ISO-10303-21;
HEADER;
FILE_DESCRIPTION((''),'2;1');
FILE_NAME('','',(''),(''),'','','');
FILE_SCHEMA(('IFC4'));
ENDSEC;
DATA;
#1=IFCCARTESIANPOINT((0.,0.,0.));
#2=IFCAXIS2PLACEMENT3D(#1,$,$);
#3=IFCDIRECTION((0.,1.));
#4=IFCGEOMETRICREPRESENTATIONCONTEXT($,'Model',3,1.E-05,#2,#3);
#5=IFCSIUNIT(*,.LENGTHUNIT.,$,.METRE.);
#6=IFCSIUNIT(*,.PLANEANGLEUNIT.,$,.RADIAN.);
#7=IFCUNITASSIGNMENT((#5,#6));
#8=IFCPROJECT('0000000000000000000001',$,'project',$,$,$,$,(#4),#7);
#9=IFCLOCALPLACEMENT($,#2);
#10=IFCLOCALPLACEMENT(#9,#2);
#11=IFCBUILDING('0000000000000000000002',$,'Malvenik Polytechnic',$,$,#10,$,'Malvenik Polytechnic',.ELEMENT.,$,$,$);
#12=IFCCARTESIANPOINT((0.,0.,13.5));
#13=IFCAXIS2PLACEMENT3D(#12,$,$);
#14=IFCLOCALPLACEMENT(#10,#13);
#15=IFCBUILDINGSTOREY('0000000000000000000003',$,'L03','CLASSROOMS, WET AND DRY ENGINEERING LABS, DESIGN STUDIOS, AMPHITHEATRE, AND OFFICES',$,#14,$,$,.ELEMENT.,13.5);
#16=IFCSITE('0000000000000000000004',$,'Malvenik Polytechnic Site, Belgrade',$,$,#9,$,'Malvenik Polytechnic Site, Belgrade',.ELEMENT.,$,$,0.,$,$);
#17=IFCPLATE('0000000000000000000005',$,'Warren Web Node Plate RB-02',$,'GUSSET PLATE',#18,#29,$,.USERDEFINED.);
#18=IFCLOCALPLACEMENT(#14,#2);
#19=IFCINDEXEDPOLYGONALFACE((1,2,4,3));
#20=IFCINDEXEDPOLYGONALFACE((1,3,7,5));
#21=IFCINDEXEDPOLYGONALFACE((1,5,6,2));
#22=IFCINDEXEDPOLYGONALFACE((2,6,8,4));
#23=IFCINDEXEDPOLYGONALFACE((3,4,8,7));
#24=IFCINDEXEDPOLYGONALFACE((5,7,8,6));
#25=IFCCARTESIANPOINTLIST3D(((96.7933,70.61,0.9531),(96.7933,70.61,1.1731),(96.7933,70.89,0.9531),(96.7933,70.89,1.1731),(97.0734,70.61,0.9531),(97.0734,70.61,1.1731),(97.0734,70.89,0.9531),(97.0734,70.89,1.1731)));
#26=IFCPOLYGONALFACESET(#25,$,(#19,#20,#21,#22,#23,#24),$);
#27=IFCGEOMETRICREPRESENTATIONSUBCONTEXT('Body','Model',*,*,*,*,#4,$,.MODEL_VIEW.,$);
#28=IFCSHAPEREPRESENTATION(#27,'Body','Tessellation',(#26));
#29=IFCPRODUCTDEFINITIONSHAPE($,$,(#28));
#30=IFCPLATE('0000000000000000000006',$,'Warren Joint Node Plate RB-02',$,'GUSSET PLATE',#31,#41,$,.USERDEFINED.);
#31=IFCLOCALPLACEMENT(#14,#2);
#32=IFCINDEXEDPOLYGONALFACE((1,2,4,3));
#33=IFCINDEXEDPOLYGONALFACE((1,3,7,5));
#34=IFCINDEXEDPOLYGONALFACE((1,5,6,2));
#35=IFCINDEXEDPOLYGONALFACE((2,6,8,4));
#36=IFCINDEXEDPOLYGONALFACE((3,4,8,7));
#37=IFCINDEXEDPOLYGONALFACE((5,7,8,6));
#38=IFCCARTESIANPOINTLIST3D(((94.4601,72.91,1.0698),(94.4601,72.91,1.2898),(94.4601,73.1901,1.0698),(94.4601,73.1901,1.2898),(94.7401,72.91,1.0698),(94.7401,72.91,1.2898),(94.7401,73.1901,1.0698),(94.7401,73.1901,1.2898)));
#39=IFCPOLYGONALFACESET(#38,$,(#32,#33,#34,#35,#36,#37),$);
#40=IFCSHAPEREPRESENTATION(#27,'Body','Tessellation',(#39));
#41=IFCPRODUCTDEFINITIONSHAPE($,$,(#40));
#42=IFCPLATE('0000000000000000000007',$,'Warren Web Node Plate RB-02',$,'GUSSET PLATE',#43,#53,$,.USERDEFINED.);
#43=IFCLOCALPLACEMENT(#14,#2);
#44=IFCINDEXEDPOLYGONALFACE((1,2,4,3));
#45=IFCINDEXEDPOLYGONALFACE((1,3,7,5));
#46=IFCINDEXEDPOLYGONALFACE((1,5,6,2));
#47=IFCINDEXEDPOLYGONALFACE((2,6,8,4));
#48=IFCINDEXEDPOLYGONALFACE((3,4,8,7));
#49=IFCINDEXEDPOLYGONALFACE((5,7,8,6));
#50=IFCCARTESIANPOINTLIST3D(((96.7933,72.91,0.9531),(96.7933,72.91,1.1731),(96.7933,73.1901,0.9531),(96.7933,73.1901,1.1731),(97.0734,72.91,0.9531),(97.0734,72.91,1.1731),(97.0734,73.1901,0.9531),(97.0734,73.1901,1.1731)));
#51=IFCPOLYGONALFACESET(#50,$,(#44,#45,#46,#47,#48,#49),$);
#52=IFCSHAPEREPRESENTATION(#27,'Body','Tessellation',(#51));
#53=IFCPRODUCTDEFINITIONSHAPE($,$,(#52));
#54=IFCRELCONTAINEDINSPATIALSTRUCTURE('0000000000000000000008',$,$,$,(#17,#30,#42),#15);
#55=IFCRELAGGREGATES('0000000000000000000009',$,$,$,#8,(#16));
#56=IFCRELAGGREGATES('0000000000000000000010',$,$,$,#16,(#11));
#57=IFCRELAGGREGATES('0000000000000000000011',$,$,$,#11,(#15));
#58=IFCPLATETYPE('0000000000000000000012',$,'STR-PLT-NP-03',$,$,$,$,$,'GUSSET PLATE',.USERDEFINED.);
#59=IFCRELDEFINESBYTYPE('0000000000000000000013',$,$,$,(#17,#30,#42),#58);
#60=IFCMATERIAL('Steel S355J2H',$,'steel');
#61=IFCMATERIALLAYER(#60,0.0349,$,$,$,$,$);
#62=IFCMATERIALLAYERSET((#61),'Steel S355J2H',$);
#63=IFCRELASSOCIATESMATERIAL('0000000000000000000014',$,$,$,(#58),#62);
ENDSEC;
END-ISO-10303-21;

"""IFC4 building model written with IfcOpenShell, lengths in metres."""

from ifc_helpers import new_model, si_unit, direction, frame, origin, origin_2d, place, context, subcontext, project, spatial, rectangle, extrude, material, layer, layer_set, type_object, element, save


model = new_model("IFC4")

# Units and contexts
model_context = context("Model", 3, precision=1e-05, world=origin(), true_north=direction((0.0, 1.0)))
body_context = subcontext(model_context, "Body", "Model", "MODEL_VIEW")
ifc_project = project(units=[si_unit("LENGTHUNIT", "METRE"), si_unit("PLANEANGLEUNIT", "RADIAN")], contexts=[model_context])

# Site, building, storey
site_placement = place(None, origin())
site = spatial("IfcSite", under=ifc_project, at=site_placement, Name="Malvenik Polytechnic Site, Belgrade", LongName="Malvenik Polytechnic Site, Belgrade", CompositionType="ELEMENT", RefElevation=0.0)
building_placement = place(site_placement, origin())
building = spatial("IfcBuilding", under=site, at=building_placement, Name="Malvenik Polytechnic", LongName="Malvenik Polytechnic", CompositionType="ELEMENT")
storey_placement = place(building_placement, frame((0.0, 0.0, 13.5)))
storey = spatial("IfcBuildingStorey", under=building, at=storey_placement, Name="L03", Description="CLASSROOMS, WET AND DRY ENGINEERING LABS, DESIGN STUDIOS, AMPHITHEATRE, AND OFFICES", CompositionType="ELEMENT", Elevation=13.5)

# Shared definitions
ifc_material_1 = material(Name="Steel S355J2H", Category="steel")

# Plates
ifc_layer_1 = layer(ifc_material_1, 0.0349)
ifc_layer_set_1 = layer_set([ifc_layer_1], Name="Steel S355J2H")
plate_type = type_object("IfcPlateType", Name="STR-PLT-NP-03", ElementType="GUSSET PLATE", PredefinedType="USERDEFINED", material=ifc_layer_set_1)
for number, where, z_axis, x_axis, name in (
    (1, (96.9333, 70.75, 0.9531), (0.0, 0.0, 1.0), (1.0, 0.0, 0.0), "Warren Web Node Plate RB-02"),
    (2, (94.6001, 73.05, 1.0698), (0.0, 0.0, 1.0), (1.0, 0.0, 0.0), "Warren Joint Node Plate RB-02"),
    (3, (96.9333, 73.05, 0.9531), (0.0, 0.0, 1.0), (1.0, 0.0, 0.0), "Warren Web Node Plate RB-02"),
):
    element("IfcPlate", number, at=place(storey_placement, frame(where, z_axis=z_axis, x_axis=x_axis)), inside=storey, type_object=plate_type, Name=name, ObjectType="GUSSET PLATE", PredefinedType="USERDEFINED", context=body_context, shape_type="SweptSolid", body=[
        extrude(rectangle(XDim=0.28, YDim=0.28, at=origin_2d()), origin(), (0.0, 0.0, 1.0), 0.22),
    ])

save(model, "model.ifc")
